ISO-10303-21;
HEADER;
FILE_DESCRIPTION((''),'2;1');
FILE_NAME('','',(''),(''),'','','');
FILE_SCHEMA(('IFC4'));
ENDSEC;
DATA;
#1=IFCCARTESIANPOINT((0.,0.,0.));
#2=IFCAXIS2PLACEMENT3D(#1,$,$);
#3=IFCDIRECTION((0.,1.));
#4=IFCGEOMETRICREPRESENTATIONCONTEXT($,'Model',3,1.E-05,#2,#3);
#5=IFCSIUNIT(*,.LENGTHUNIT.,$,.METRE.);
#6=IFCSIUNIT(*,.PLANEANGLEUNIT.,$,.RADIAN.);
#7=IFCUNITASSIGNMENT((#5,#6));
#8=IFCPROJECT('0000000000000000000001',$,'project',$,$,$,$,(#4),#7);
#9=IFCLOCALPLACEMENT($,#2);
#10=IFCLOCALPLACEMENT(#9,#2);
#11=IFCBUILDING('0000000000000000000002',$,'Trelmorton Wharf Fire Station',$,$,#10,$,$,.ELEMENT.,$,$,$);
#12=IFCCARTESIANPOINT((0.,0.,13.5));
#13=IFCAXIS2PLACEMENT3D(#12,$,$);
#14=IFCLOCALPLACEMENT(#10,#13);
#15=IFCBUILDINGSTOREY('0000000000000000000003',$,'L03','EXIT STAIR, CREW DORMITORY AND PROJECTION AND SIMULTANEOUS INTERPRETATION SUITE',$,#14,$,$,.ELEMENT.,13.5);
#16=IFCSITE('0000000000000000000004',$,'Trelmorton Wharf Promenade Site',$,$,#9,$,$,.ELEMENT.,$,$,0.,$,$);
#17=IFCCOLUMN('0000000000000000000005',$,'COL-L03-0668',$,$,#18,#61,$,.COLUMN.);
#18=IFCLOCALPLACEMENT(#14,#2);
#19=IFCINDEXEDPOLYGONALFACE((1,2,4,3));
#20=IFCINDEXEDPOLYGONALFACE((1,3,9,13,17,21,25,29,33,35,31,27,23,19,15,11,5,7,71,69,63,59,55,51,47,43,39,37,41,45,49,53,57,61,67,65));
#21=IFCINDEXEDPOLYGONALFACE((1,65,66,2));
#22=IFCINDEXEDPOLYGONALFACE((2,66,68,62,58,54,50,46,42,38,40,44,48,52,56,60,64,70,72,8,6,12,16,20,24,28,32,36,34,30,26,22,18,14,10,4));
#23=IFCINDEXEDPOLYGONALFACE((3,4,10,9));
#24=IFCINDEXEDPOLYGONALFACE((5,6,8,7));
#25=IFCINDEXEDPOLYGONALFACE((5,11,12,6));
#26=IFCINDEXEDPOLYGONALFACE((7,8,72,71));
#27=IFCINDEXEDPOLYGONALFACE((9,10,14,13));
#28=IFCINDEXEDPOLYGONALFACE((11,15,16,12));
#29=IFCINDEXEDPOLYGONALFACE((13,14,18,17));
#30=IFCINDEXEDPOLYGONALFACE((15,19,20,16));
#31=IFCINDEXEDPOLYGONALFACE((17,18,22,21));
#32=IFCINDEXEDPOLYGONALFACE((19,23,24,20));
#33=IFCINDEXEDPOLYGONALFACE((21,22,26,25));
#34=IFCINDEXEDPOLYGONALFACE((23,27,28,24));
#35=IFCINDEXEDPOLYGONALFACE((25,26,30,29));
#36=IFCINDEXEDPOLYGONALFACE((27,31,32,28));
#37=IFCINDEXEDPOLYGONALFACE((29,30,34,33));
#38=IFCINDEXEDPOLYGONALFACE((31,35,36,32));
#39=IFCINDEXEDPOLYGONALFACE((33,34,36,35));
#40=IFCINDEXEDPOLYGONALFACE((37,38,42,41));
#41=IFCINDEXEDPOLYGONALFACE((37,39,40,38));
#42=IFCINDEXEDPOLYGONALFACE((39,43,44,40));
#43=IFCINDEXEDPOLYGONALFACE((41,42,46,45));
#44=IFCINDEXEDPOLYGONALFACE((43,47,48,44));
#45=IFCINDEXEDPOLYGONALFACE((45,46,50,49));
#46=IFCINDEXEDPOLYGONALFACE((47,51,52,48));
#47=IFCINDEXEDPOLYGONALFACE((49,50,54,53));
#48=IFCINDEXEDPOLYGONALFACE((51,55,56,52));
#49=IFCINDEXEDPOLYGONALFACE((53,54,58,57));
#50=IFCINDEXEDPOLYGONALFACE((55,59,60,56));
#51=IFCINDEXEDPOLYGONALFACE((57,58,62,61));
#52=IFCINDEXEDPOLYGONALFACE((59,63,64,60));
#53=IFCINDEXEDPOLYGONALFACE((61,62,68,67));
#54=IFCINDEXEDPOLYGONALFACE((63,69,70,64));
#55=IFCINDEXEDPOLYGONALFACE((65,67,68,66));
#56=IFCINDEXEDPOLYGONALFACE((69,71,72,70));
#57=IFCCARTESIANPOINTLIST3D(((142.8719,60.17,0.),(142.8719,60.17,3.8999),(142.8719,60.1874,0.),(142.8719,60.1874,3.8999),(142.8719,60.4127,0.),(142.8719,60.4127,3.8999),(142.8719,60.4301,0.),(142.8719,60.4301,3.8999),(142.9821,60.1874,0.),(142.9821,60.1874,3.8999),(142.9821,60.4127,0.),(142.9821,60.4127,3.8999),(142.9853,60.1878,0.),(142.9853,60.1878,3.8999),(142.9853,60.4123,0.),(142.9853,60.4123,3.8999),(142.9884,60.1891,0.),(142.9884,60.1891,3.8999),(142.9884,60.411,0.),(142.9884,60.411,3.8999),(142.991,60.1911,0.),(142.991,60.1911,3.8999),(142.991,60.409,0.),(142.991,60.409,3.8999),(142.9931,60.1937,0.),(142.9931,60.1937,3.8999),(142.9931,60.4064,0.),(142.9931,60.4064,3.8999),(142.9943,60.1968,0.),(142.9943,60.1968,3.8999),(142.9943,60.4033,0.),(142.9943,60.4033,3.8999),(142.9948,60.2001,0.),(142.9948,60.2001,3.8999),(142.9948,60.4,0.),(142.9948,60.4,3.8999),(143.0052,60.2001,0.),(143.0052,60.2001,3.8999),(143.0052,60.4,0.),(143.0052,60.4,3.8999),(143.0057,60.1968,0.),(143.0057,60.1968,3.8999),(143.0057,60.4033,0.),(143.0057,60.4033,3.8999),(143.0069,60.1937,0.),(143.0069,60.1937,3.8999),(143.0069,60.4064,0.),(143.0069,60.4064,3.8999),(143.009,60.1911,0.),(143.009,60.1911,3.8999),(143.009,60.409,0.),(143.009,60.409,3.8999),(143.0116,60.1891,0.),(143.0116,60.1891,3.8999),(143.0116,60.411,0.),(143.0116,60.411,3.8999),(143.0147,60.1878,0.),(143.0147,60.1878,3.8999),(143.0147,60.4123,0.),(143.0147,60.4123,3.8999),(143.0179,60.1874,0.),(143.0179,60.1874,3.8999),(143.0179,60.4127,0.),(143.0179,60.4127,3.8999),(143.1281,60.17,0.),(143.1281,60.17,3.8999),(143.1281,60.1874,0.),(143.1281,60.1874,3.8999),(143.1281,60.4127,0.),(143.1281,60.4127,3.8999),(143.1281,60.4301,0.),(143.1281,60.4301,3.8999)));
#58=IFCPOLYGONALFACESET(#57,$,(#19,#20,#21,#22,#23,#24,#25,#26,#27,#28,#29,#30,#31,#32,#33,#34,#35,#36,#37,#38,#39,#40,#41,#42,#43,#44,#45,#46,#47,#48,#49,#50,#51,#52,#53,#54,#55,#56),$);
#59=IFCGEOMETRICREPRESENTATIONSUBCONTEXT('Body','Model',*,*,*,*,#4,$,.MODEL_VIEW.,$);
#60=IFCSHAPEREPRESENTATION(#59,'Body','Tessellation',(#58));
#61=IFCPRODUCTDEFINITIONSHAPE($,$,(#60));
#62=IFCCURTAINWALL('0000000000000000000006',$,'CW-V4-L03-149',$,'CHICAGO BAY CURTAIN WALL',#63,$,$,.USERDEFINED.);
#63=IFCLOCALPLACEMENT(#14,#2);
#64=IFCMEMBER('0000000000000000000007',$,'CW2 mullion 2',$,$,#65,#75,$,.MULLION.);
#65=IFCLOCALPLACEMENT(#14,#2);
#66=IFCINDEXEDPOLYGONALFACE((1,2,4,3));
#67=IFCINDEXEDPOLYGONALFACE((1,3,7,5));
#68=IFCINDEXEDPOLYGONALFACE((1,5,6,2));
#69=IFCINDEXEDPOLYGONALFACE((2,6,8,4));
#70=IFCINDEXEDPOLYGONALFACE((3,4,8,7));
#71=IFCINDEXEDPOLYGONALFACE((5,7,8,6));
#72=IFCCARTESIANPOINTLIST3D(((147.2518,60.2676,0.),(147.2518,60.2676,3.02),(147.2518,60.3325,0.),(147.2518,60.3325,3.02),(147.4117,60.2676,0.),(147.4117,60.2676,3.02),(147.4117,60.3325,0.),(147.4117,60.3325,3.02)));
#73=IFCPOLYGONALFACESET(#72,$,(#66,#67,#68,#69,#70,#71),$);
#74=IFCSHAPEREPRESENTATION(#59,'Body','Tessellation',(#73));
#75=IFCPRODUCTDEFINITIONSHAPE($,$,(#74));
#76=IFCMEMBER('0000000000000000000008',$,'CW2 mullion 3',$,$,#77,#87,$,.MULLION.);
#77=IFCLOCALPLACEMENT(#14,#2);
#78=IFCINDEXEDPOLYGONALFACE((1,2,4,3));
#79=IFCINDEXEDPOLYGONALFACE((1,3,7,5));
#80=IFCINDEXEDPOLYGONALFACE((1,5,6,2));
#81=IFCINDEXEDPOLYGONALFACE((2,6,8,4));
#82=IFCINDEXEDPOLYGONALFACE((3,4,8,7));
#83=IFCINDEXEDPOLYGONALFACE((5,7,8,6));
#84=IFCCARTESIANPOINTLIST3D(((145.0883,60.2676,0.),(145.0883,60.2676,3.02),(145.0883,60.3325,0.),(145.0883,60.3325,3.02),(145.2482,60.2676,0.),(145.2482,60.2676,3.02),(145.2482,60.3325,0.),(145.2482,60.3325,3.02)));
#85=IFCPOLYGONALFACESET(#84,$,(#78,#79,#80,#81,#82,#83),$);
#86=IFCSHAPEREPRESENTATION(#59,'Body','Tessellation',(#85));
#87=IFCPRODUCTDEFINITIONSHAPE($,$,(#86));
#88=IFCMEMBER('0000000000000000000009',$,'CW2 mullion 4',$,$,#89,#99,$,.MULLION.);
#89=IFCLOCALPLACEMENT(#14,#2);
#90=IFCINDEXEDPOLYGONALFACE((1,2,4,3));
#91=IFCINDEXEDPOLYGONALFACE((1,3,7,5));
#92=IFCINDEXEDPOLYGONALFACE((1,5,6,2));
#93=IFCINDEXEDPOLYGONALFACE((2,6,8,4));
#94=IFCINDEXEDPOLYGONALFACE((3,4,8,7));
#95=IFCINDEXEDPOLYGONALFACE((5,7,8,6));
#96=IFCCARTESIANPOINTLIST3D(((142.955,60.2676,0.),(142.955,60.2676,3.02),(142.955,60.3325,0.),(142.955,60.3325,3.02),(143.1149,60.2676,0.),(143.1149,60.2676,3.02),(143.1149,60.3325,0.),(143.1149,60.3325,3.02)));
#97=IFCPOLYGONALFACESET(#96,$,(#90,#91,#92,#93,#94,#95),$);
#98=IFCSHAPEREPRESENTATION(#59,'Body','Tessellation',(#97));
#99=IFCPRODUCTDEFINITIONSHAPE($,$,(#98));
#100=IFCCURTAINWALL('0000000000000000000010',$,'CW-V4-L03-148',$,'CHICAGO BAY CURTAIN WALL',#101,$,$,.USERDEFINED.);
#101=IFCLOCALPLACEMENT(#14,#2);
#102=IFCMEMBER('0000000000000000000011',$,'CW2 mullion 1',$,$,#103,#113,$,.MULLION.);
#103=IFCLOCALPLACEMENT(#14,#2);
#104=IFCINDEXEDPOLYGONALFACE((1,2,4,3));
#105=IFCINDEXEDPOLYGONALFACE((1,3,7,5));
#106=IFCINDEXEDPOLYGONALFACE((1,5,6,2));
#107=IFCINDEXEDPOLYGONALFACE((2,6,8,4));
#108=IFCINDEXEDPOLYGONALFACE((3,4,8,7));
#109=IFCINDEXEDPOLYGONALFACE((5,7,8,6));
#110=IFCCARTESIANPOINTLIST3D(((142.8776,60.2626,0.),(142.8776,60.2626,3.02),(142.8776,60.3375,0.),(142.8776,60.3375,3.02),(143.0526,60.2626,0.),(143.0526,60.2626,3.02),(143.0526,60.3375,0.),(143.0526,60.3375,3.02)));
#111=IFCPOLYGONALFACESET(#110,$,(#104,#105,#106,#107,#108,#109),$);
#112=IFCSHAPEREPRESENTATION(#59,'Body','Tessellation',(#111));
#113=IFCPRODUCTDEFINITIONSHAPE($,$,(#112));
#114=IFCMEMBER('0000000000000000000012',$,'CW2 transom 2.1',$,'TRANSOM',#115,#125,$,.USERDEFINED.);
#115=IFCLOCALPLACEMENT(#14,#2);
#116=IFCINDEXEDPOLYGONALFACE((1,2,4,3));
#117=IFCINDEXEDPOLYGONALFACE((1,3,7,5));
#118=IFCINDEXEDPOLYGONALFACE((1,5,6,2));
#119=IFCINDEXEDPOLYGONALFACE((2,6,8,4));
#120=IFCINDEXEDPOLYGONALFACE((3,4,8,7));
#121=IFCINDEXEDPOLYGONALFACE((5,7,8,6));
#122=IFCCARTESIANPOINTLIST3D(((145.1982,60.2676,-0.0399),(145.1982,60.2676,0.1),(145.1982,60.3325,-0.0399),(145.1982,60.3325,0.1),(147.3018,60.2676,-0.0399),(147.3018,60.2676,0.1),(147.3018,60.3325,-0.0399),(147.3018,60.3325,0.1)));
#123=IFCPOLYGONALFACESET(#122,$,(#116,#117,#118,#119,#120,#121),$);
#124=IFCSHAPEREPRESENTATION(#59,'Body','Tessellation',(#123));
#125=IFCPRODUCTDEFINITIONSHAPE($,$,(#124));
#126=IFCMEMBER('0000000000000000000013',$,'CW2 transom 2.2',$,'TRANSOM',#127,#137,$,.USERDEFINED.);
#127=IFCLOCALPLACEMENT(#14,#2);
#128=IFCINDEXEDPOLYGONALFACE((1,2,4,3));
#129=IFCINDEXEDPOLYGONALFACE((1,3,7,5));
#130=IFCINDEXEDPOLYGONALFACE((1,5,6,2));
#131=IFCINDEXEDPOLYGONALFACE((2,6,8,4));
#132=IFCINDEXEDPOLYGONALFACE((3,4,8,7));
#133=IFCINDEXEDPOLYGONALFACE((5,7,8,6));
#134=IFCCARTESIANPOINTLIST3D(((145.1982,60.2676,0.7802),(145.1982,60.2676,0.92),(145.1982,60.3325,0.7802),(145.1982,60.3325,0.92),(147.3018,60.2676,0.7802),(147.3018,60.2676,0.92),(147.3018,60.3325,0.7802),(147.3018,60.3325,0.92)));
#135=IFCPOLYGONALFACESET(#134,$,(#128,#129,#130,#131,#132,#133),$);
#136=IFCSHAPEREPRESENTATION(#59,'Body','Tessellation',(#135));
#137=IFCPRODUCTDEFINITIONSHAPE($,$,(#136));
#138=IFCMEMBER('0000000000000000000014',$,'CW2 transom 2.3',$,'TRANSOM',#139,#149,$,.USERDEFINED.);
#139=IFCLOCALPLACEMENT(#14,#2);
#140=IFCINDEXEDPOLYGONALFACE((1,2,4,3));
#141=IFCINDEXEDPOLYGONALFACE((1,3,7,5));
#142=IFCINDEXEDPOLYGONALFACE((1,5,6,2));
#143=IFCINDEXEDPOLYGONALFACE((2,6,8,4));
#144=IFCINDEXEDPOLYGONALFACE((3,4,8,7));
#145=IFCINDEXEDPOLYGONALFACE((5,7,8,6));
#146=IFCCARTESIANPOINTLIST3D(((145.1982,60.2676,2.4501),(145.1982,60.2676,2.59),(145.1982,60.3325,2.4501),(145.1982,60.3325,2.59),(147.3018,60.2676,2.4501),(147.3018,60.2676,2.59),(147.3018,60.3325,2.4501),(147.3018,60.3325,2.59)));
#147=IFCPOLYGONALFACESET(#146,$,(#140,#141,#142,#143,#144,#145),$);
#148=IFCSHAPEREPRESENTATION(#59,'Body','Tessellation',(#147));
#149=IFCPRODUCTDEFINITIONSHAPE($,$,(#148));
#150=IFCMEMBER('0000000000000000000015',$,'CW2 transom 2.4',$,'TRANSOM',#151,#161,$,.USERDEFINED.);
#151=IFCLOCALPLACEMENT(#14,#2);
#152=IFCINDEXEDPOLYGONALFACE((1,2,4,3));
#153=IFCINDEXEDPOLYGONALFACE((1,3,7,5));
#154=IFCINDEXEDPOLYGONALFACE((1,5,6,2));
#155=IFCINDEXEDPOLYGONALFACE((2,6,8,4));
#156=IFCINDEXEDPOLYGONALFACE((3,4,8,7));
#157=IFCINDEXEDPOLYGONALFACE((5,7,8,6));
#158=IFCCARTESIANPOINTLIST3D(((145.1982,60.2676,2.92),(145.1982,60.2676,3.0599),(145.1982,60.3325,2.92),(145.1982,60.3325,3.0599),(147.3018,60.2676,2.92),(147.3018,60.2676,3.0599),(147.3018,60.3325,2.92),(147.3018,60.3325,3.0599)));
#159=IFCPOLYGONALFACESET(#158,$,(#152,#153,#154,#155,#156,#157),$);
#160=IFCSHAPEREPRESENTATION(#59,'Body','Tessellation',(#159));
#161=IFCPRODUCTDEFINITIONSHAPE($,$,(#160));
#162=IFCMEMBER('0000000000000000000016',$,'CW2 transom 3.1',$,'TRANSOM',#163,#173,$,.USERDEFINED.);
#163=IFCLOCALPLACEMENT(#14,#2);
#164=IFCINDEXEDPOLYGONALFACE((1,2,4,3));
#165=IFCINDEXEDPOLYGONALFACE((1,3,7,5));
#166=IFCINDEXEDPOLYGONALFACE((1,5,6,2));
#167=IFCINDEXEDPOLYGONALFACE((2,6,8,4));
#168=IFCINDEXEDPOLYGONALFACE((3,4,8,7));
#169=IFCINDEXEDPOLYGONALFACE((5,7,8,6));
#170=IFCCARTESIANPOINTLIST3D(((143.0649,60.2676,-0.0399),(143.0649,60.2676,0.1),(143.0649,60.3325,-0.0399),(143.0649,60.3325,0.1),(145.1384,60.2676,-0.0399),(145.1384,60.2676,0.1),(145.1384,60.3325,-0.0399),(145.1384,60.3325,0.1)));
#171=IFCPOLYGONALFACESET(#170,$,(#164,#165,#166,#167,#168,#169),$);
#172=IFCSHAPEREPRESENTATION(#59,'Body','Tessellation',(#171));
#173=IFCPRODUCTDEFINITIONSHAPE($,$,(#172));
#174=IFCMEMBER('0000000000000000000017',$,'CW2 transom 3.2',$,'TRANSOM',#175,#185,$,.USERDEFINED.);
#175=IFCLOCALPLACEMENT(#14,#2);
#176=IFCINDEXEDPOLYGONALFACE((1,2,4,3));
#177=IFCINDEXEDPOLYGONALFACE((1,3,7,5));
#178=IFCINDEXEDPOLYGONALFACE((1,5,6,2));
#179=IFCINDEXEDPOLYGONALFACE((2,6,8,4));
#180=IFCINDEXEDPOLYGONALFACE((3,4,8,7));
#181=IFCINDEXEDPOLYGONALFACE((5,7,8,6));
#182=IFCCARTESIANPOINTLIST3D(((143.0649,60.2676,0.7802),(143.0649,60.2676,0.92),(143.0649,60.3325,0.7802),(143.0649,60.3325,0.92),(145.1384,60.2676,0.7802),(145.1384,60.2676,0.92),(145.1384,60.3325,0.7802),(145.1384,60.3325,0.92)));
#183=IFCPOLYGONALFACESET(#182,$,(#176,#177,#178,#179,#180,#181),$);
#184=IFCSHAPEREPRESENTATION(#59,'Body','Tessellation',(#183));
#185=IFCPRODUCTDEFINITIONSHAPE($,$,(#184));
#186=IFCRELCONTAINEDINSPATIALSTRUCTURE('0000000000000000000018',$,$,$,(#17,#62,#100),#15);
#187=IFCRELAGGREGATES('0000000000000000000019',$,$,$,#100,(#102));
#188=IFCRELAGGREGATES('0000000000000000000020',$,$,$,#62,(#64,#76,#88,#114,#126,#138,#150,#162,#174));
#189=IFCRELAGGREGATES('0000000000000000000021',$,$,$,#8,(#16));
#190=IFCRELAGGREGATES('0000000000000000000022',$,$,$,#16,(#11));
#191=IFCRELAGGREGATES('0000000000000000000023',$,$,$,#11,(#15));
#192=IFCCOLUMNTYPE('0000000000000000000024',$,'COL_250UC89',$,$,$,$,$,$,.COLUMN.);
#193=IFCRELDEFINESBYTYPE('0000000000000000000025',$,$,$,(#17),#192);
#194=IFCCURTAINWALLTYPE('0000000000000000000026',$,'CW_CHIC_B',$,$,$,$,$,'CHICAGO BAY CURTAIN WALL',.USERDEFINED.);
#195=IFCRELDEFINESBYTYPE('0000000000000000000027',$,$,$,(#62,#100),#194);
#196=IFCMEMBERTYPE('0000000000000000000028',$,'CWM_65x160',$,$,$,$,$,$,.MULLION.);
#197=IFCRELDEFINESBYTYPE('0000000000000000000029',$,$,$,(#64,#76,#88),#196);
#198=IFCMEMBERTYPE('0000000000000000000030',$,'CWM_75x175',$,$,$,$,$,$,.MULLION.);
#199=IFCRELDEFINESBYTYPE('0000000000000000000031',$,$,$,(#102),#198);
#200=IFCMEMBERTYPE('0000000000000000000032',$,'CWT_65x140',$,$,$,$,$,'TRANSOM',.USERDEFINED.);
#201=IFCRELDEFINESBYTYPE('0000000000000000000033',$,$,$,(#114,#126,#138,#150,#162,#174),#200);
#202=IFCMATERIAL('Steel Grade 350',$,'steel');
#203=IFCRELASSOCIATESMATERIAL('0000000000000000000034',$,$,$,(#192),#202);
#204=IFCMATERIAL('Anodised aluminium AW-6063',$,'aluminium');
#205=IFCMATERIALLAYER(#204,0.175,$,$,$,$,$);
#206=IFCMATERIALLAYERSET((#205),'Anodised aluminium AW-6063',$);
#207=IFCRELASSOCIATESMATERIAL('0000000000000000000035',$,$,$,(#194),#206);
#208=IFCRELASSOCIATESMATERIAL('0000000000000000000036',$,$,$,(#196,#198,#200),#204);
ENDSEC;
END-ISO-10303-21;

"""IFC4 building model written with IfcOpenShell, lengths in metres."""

from ifc_helpers import new_model, si_unit, direction, frame, origin, origin_2d, place, context, subcontext, project, spatial, rectangle, i_section, extrude, material, layer, layer_set, material_profile, profile_set, type_object, element, aggregate, save


model = new_model("IFC4")

# Units and contexts
model_context = context("Model", 3, precision=1e-05, world=origin(), true_north=direction((0.0, 1.0)))
body_context = subcontext(model_context, "Body", "Model", "MODEL_VIEW")
ifc_project = project(units=[si_unit("LENGTHUNIT", "METRE"), si_unit("PLANEANGLEUNIT", "RADIAN")], contexts=[model_context])

# Site, building, storey
site_placement = place(None, origin())
site = spatial("IfcSite", under=ifc_project, at=site_placement, Name="Trelmorton Wharf Promenade Site", CompositionType="ELEMENT", RefElevation=0.0)
building_placement = place(site_placement, origin())
building = spatial("IfcBuilding", under=site, at=building_placement, Name="Trelmorton Wharf Fire Station", CompositionType="ELEMENT")
storey_placement = place(building_placement, frame((0.0, 0.0, 13.5)))
storey = spatial("IfcBuildingStorey", under=building, at=storey_placement, Name="L03", Description="EXIT STAIR, CREW DORMITORY AND PROJECTION AND SIMULTANEOUS INTERPRETATION SUITE", CompositionType="ELEMENT", Elevation=13.5)

# Column
ifc_material_1 = material(Name="Steel Grade 350", Category="steel")
ifc_material_profile_1 = material_profile(ifc_material_1, i_section(OverallWidth=0.2561, OverallDepth=0.26, WebThickness=0.0105, FlangeThickness=0.0173, FilletRadius=0.0127, at=origin_2d()), Name="250UC89.5")
ifc_profile_set_1 = profile_set([ifc_material_profile_1], Name="Steel Grade 350")
column_type = type_object("IfcColumnType", Name="COL_250UC89", PredefinedType="COLUMN", material=ifc_profile_set_1)
column_placement = place(storey_placement, frame((143.0, 60.3, 0.0), z_axis=(0.0, 0.0, 1.0), x_axis=(1.0, 0.0, 0.0)))
element("IfcColumn", 1, at=column_placement, inside=storey, type_object=column_type, Name="COL-L03-0668", PredefinedType="COLUMN", context=body_context, shape_type="SweptSolid", body=[
    extrude(i_section(OverallWidth=0.2561, OverallDepth=0.26, WebThickness=0.0105, FlangeThickness=0.0173, FilletRadius=0.0127, at=origin_2d()), origin(), (0.0, 0.0, 1.0), 3.8999),
])

# Curtain wall, members
ifc_material_2 = material(Name="Anodised aluminium AW-6063", Category="aluminium")
ifc_layer_1 = layer(ifc_material_2, 0.175)
ifc_layer_set_1 = layer_set([ifc_layer_1], Name="Anodised aluminium AW-6063")
curtain_wall_type = type_object("IfcCurtainWallType", Name="CW_CHIC_B", ElementType="CHICAGO BAY CURTAIN WALL", PredefinedType="USERDEFINED", material=ifc_layer_set_1)
curtain_wall_1_placement = place(storey_placement, origin())
curtain_wall_1 = element("IfcCurtainWall", 2, at=curtain_wall_1_placement, inside=storey, type_object=curtain_wall_type, Name="CW-V4-L03-149", ObjectType="CHICAGO BAY CURTAIN WALL", PredefinedType="USERDEFINED")
ifc_material_profile_2 = material_profile(ifc_material_2, rectangle(XDim=0.0649, YDim=0.1599, at=origin_2d()), Name="ALU-65x160")
ifc_profile_set_2 = profile_set([ifc_material_profile_2], Name="Anodised aluminium AW-6063")
member_type_1 = type_object("IfcMemberType", Name="CWM_65x160", PredefinedType="MULLION", material=ifc_profile_set_2)
member_1_placement = place(storey_placement, frame((147.3318, 60.3, 0.0), z_axis=(0.0, 0.0, 1.0), x_axis=(0.0, -1.0, 0.0)))
member_1 = element("IfcMember", 3, at=member_1_placement, type_object=member_type_1, Name="CW2 mullion 2", PredefinedType="MULLION", context=body_context, shape_type="SweptSolid", body=[
    extrude(rectangle(XDim=0.0649, YDim=0.1599, at=origin_2d()), origin(), (0.0, 0.0, 1.0), 3.02),
])
member_2_placement = place(storey_placement, frame((145.1682, 60.3, 0.0), z_axis=(0.0, 0.0, 1.0), x_axis=(0.0, -1.0, 0.0)))
member_2 = element("IfcMember", 4, at=member_2_placement, type_object=member_type_1, Name="CW2 mullion 3", PredefinedType="MULLION", context=body_context, shape_type="SweptSolid", body=[
    extrude(rectangle(XDim=0.0649, YDim=0.1599, at=origin_2d()), origin(), (0.0, 0.0, 1.0), 3.02),
])
member_3_placement = place(storey_placement, frame((143.0349, 60.3, 0.0), z_axis=(0.0, 0.0, 1.0), x_axis=(0.0, -1.0, 0.0)))
member_3 = element("IfcMember", 5, at=member_3_placement, type_object=member_type_1, Name="CW2 mullion 4", PredefinedType="MULLION", context=body_context, shape_type="SweptSolid", body=[
    extrude(rectangle(XDim=0.0649, YDim=0.1599, at=origin_2d()), origin(), (0.0, 0.0, 1.0), 3.02),
])

# Curtain wall, member
curtain_wall_2_placement = place(storey_placement, origin())
curtain_wall_2 = element("IfcCurtainWall", 6, at=curtain_wall_2_placement, inside=storey, type_object=curtain_wall_type, Name="CW-V4-L03-148", ObjectType="CHICAGO BAY CURTAIN WALL", PredefinedType="USERDEFINED")
ifc_material_profile_3 = material_profile(ifc_material_2, rectangle(XDim=0.075, YDim=0.175, at=origin_2d()), Name="ALU-75x175")
ifc_profile_set_3 = profile_set([ifc_material_profile_3], Name="Anodised aluminium AW-6063")
member_type_2 = type_object("IfcMemberType", Name="CWM_75x175", PredefinedType="MULLION", material=ifc_profile_set_3)
member_4_placement = place(storey_placement, frame((142.9651, 60.3, 0.0), z_axis=(0.0, 0.0, 1.0), x_axis=(0.0, -1.0, 0.0)))
member_4 = element("IfcMember", 7, at=member_4_placement, type_object=member_type_2, Name="CW2 mullion 1", PredefinedType="MULLION", context=body_context, shape_type="SweptSolid", body=[
    extrude(rectangle(XDim=0.075, YDim=0.175, at=origin_2d()), origin(), (0.0, 0.0, 1.0), 3.02),
])

# Members
ifc_material_profile_4 = material_profile(ifc_material_2, rectangle(XDim=0.0649, YDim=0.1399, at=origin_2d()), Name="ALU-65x140")
ifc_profile_set_4 = profile_set([ifc_material_profile_4], Name="Anodised aluminium AW-6063")
member_type_3 = type_object("IfcMemberType", Name="CWT_65x140", ElementType="TRANSOM", PredefinedType="USERDEFINED", material=ifc_profile_set_4)
member_5_placement = place(storey_placement, frame((147.3018, 60.3, 0.03), z_axis=(-1.0, 0.0, 0.0), x_axis=(0.0, -1.0, 0.0)))
member_5 = element("IfcMember", 8, at=member_5_placement, type_object=member_type_3, Name="CW2 transom 2.1", ObjectType="TRANSOM", PredefinedType="USERDEFINED", context=body_context, shape_type="SweptSolid", body=[
    extrude(rectangle(XDim=0.0649, YDim=0.1399, at=origin_2d()), origin(), (0.0, 0.0, 1.0), 2.1035),
])
member_6_placement = place(storey_placement, frame((147.3018, 60.3, 0.8501), z_axis=(-1.0, 0.0, 0.0), x_axis=(0.0, -1.0, 0.0)))
member_6 = element("IfcMember", 9, at=member_6_placement, type_object=member_type_3, Name="CW2 transom 2.2", ObjectType="TRANSOM", PredefinedType="USERDEFINED", context=body_context, shape_type="SweptSolid", body=[
    extrude(rectangle(XDim=0.0649, YDim=0.1399, at=origin_2d()), origin(), (0.0, 0.0, 1.0), 2.1035),
])
member_7_placement = place(storey_placement, frame((147.3018, 60.3, 2.52), z_axis=(-1.0, 0.0, 0.0), x_axis=(0.0, -1.0, 0.0)))
member_7 = element("IfcMember", 10, at=member_7_placement, type_object=member_type_3, Name="CW2 transom 2.3", ObjectType="TRANSOM", PredefinedType="USERDEFINED", context=body_context, shape_type="SweptSolid", body=[
    extrude(rectangle(XDim=0.0649, YDim=0.1399, at=origin_2d()), origin(), (0.0, 0.0, 1.0), 2.1035),
])
member_8_placement = place(storey_placement, frame((147.3018, 60.3, 2.99), z_axis=(-1.0, 0.0, 0.0), x_axis=(0.0, -1.0, 0.0)))
member_8 = element("IfcMember", 11, at=member_8_placement, type_object=member_type_3, Name="CW2 transom 2.4", ObjectType="TRANSOM", PredefinedType="USERDEFINED", context=body_context, shape_type="SweptSolid", body=[
    extrude(rectangle(XDim=0.0649, YDim=0.1399, at=origin_2d()), origin(), (0.0, 0.0, 1.0), 2.1035),
])
member_9_placement = place(storey_placement, frame((145.1384, 60.3, 0.03), z_axis=(-1.0, 0.0, 0.0), x_axis=(0.0, -1.0, 0.0)))
member_9 = element("IfcMember", 12, at=member_9_placement, type_object=member_type_3, Name="CW2 transom 3.1", ObjectType="TRANSOM", PredefinedType="USERDEFINED", context=body_context, shape_type="SweptSolid", body=[
    extrude(rectangle(XDim=0.0649, YDim=0.1399, at=origin_2d()), origin(), (0.0, 0.0, 1.0), 2.0735),
])
member_10_placement = place(storey_placement, frame((145.1384, 60.3, 0.8501), z_axis=(-1.0, 0.0, 0.0), x_axis=(0.0, -1.0, 0.0)))
member_10 = element("IfcMember", 13, at=member_10_placement, type_object=member_type_3, Name="CW2 transom 3.2", ObjectType="TRANSOM", PredefinedType="USERDEFINED", context=body_context, shape_type="SweptSolid", body=[
    extrude(rectangle(XDim=0.0649, YDim=0.1399, at=origin_2d()), origin(), (0.0, 0.0, 1.0), 2.0735),
])
aggregate(curtain_wall_2, [member_4])

aggregate(curtain_wall_1, [member_1, member_2, member_3, member_5, member_6, member_7, member_8, member_9, member_10])

save(model, "model.ifc")
